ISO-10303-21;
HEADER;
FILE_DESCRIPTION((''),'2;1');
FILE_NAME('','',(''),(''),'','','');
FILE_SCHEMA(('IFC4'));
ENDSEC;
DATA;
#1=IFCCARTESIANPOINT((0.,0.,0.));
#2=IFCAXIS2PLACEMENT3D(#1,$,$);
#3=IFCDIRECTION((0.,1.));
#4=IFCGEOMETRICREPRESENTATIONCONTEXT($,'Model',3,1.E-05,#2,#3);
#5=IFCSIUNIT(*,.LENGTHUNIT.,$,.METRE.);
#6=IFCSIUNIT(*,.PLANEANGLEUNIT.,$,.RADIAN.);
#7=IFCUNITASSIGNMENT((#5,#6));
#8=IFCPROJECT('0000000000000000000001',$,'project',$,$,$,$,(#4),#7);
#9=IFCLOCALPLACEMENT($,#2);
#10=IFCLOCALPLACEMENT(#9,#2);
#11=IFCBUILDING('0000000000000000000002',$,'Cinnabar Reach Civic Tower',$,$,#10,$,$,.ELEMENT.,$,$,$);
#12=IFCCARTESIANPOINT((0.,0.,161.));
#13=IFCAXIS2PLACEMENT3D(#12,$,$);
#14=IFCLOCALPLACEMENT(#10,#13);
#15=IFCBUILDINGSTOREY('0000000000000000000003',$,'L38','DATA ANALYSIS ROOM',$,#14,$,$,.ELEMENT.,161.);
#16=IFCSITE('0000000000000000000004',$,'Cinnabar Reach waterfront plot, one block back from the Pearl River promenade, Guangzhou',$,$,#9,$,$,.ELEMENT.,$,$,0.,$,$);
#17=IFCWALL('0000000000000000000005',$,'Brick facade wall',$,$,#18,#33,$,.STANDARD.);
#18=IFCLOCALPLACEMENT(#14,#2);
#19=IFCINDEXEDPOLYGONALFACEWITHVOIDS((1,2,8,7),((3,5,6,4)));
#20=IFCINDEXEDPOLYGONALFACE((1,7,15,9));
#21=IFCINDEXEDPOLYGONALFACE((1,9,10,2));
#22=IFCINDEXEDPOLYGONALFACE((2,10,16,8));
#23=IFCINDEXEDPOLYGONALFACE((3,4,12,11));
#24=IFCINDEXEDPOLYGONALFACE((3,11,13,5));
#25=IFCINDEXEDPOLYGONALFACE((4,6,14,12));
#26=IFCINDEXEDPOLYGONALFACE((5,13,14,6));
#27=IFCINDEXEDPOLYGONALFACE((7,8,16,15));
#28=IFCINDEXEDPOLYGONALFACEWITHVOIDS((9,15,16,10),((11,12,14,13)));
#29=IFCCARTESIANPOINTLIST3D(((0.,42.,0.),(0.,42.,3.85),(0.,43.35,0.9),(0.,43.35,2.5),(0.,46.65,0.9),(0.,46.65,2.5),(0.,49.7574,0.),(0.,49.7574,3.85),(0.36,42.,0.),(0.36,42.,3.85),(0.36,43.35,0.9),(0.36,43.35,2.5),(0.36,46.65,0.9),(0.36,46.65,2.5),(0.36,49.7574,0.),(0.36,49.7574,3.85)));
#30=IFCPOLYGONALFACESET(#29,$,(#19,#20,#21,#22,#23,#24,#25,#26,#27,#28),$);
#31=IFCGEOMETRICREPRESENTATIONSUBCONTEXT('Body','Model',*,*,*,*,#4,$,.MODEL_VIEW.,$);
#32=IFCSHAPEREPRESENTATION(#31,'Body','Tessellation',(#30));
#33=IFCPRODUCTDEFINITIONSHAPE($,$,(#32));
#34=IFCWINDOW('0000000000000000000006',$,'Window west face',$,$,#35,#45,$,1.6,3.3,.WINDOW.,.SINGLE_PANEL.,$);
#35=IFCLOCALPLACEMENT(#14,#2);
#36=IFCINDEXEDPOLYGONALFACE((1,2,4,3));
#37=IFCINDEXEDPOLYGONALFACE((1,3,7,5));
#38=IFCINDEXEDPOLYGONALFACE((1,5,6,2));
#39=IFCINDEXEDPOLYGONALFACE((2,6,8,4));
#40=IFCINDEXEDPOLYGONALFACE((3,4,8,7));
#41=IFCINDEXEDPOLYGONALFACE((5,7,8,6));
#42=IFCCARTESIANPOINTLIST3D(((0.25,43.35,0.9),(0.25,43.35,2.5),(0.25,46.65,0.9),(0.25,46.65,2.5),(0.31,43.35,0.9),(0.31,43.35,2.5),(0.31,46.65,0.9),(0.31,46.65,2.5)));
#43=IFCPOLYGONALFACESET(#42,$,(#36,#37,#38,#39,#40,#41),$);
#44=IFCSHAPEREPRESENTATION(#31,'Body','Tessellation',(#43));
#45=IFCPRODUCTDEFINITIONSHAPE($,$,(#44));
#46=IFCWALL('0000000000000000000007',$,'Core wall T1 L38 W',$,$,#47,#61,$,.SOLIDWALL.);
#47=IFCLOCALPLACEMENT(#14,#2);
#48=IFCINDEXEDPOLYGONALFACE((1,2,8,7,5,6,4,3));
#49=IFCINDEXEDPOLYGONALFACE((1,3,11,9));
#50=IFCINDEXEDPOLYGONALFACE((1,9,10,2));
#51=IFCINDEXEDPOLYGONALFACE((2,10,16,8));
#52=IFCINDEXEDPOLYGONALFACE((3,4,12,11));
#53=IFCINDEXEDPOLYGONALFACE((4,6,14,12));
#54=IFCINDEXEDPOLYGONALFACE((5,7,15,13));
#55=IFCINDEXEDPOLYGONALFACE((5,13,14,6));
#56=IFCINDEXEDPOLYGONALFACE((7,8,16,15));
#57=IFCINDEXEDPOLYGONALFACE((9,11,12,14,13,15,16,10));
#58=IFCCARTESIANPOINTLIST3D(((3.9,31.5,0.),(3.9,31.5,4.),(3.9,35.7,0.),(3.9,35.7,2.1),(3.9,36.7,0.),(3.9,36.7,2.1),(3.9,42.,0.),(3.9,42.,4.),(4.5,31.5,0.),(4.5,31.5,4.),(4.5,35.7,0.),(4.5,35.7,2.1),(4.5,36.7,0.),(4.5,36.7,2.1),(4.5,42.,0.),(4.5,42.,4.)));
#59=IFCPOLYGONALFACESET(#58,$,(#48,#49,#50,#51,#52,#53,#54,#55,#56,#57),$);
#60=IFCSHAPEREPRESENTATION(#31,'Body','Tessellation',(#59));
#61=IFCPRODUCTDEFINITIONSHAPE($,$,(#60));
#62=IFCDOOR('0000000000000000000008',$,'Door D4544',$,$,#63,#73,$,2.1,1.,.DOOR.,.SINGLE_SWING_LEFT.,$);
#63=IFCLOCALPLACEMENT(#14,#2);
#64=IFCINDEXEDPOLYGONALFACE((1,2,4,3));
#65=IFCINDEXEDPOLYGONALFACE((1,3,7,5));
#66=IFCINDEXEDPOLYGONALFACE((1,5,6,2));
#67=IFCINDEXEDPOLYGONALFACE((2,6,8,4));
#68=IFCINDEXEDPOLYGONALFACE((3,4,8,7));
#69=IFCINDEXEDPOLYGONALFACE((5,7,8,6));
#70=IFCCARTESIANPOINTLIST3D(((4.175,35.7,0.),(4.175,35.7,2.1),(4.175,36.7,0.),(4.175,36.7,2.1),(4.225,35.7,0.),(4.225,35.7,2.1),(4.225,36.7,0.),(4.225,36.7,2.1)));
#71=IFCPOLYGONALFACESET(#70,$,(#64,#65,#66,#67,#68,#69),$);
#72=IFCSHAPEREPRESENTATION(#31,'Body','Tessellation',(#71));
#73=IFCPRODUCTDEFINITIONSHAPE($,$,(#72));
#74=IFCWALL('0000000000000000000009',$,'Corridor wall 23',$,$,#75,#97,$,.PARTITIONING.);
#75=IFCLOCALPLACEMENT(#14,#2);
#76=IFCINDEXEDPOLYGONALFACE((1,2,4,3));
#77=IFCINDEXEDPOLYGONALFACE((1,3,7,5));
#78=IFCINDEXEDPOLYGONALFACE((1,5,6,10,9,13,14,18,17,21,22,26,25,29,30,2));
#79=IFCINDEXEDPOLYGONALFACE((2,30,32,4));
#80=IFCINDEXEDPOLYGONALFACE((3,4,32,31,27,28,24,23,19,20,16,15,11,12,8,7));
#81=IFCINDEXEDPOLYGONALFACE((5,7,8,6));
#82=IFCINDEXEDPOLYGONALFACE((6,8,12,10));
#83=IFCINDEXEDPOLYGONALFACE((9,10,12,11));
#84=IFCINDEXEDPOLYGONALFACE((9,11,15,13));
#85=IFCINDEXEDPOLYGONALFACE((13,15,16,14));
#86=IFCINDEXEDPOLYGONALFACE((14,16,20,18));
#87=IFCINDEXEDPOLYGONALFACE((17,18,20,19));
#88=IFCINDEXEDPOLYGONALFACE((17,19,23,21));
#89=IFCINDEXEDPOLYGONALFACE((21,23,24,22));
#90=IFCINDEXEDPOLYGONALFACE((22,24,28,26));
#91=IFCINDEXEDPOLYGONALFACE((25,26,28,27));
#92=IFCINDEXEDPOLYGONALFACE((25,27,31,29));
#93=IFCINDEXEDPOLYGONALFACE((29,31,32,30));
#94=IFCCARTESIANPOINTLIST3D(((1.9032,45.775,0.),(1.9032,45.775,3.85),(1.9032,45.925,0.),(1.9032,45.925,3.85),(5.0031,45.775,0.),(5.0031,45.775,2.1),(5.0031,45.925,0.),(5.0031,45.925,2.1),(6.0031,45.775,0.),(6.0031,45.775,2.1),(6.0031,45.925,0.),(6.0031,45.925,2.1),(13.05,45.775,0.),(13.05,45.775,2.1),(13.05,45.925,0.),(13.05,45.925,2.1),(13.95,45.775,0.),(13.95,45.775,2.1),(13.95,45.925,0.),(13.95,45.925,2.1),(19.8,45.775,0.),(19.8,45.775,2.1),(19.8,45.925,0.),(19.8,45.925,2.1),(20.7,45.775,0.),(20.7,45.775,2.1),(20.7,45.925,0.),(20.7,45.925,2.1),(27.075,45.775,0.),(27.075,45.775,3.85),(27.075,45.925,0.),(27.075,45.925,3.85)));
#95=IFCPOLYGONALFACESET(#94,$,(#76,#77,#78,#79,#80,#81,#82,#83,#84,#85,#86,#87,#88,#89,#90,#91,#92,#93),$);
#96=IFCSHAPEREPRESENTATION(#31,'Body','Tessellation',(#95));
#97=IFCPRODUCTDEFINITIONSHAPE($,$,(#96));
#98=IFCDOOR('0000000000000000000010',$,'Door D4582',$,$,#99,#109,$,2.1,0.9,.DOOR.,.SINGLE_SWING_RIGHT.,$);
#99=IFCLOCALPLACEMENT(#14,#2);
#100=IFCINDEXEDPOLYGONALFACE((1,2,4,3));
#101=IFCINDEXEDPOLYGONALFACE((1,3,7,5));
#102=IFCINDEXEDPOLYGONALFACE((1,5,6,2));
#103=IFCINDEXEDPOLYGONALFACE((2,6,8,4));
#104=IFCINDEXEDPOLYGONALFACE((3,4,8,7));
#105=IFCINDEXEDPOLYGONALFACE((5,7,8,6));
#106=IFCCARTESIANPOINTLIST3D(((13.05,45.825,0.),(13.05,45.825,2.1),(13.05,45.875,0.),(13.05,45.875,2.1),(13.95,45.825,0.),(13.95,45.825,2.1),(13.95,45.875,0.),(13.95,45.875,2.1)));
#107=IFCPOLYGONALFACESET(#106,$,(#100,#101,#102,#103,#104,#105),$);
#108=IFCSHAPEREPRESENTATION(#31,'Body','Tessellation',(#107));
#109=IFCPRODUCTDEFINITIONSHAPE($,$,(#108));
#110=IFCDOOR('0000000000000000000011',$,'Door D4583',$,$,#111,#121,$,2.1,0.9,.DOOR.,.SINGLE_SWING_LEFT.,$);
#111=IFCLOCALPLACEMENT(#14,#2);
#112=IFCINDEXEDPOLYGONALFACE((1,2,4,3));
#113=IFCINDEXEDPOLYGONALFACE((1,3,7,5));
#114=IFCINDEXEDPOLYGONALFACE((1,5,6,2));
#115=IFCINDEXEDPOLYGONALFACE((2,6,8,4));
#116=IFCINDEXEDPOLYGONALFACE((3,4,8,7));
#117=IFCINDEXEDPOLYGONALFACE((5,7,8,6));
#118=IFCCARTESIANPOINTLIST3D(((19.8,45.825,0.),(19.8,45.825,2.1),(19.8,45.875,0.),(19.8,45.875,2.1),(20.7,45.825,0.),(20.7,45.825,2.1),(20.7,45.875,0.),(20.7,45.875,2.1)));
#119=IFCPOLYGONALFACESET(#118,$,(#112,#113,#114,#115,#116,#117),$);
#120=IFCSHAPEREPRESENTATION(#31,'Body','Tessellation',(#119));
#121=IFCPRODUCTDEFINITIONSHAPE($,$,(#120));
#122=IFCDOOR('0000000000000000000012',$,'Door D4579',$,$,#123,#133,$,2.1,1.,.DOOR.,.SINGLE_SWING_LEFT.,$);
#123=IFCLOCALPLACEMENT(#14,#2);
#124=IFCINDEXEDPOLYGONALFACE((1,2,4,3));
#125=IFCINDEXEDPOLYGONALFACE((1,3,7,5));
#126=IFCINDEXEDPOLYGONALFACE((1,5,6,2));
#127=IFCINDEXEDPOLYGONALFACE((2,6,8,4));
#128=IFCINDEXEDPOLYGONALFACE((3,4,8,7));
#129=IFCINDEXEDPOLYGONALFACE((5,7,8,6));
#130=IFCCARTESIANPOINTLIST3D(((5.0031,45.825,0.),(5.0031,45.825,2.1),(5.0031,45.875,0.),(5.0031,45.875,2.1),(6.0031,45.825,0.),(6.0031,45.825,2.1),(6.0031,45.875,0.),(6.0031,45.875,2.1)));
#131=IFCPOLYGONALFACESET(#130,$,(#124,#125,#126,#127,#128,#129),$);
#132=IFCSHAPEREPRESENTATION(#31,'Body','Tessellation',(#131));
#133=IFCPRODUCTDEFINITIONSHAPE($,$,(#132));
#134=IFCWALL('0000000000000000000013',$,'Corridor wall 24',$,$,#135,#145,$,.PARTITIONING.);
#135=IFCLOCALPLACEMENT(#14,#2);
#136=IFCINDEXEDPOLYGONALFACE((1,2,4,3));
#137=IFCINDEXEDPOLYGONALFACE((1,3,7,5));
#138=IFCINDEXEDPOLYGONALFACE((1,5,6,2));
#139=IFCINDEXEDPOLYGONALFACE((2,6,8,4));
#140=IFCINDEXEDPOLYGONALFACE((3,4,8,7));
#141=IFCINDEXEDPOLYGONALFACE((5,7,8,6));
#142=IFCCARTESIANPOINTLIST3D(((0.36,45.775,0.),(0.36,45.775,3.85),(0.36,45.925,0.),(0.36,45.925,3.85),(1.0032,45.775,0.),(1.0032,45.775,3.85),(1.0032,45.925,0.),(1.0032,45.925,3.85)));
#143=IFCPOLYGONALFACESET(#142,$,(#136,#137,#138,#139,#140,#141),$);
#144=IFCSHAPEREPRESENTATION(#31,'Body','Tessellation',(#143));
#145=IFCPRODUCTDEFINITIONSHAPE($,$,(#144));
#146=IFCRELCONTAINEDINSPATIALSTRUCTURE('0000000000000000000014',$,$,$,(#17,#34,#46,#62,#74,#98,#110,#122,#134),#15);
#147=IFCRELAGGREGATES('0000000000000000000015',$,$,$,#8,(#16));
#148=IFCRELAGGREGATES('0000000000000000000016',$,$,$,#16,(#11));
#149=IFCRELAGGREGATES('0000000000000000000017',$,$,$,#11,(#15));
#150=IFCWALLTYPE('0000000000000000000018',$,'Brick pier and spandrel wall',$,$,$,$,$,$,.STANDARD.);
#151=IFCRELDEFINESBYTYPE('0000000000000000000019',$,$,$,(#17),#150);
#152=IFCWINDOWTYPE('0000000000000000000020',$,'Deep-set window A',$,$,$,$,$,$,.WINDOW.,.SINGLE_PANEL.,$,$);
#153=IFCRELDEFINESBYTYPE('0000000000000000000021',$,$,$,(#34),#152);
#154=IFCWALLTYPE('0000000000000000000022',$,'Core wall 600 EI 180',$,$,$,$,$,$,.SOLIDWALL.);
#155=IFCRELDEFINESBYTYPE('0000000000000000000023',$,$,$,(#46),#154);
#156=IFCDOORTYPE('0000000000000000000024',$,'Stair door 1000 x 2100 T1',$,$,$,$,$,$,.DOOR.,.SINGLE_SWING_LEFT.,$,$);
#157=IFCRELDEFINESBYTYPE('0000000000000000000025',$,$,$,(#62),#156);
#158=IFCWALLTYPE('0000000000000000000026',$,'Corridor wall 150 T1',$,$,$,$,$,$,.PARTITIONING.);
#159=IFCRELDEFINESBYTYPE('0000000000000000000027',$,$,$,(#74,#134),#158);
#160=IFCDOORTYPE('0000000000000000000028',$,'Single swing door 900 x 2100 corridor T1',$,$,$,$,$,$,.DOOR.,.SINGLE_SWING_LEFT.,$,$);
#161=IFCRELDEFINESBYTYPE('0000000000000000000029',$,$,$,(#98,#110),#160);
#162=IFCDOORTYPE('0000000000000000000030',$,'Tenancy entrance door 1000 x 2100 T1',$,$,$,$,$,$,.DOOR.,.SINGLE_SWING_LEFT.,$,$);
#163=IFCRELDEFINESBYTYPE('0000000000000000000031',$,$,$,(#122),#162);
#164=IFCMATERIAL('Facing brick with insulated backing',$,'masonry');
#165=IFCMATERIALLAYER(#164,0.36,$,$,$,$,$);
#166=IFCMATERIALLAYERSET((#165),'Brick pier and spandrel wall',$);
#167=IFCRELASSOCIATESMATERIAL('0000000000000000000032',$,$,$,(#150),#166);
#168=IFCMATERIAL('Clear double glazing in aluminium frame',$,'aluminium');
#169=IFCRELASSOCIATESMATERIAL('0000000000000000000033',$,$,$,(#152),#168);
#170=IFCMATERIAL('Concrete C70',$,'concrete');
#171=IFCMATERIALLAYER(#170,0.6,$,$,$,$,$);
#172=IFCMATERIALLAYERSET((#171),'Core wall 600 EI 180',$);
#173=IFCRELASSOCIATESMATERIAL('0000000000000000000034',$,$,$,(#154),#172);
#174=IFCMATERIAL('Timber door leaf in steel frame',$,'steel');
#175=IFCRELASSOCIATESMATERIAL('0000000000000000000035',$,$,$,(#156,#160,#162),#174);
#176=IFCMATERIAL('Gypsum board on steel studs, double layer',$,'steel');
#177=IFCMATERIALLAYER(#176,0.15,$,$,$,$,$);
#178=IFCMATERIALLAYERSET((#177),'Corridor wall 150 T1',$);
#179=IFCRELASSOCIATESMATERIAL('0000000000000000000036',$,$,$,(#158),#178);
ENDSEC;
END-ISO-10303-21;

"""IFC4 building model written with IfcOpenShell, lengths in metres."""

from ifc_helpers import new_model, si_unit, direction, frame, frame_2d, origin, place, context, subcontext, project, spatial, rectangle, extrude, material, layer, layer_set, type_object, element, fill, save


model = new_model("IFC4")

# Units and contexts
model_context = context("Model", 3, precision=1e-05, world=origin(), true_north=direction((0.0, 1.0)))
body_context = subcontext(model_context, "Body", "Model", "MODEL_VIEW")
ifc_project = project(units=[si_unit("LENGTHUNIT", "METRE"), si_unit("PLANEANGLEUNIT", "RADIAN")], contexts=[model_context])

# Site, building, storey
site_placement = place(None, origin())
site = spatial("IfcSite", under=ifc_project, at=site_placement, Name="Cinnabar Reach waterfront plot, one block back from the Pearl River promenade, Guangzhou", CompositionType="ELEMENT", RefElevation=0.0)
building_placement = place(site_placement, origin())
building = spatial("IfcBuilding", under=site, at=building_placement, Name="Cinnabar Reach Civic Tower", CompositionType="ELEMENT")
storey_placement = place(building_placement, frame((0.0, 0.0, 161.0)))
storey = spatial("IfcBuildingStorey", under=building, at=storey_placement, Name="L38", Description="DATA ANALYSIS ROOM", CompositionType="ELEMENT", Elevation=161.0)

# Shared definitions
ifc_material_1 = material(Name="Concrete C70", Category="concrete")

# Wall, opening, window
ifc_material_2 = material(Name="Facing brick with insulated backing", Category="masonry")
ifc_layer_1 = layer(ifc_material_2, 0.36)
ifc_layer_set_1 = layer_set([ifc_layer_1], Name="Brick pier and spandrel wall")
wall_type_1 = type_object("IfcWallType", Name="Brick pier and spandrel wall", PredefinedType="STANDARD", material=ifc_layer_set_1)
wall_1_placement = place(storey_placement, frame((0.18, 49.7574, 0.0), z_axis=(0.0, 0.0, 1.0), x_axis=(0.0, -1.0, 0.0)))
wall_1 = element("IfcWall", 1, at=wall_1_placement, inside=storey, type_object=wall_type_1, Name="Brick facade wall", PredefinedType="STANDARD", context=body_context, shape_type="SweptSolid", body=[
    extrude(rectangle(XDim=7.7574, YDim=0.36, at=frame_2d((3.8787, 0.0))), origin(), (0.0, 0.0, 1.0), 3.85),
])
opening_1_placement = place(wall_1_placement, frame((3.1074, 0.0, 0.9)))
opening_1 = element("IfcOpeningElement", 2, at=opening_1_placement, cuts=wall_1, PredefinedType="OPENING", context=body_context, shape_type="SweptSolid", body=[
    extrude(rectangle(XDim=3.3, YDim=1.6, at=frame_2d((1.65, 0.8))), frame((0.0, 0.19, 0.0), z_axis=(0.0, -1.0, 0.0), x_axis=(1.0, 0.0, 0.0)), (0.0, 0.0, 1.0), 0.38),
])
ifc_material_3 = material(Name="Clear double glazing in aluminium frame", Category="aluminium")
window_type = type_object("IfcWindowType", Name="Deep-set window A", PartitioningType="SINGLE_PANEL", PredefinedType="WINDOW", material=ifc_material_3)
window_placement = place(opening_1_placement, origin())
window = element("IfcWindow", 3, at=window_placement, inside=storey, type_object=window_type, Name="Window west face", OverallHeight=1.6, OverallWidth=3.3, PartitioningType="SINGLE_PANEL", PredefinedType="WINDOW", context=body_context, shape_type="SweptSolid", body=[
    extrude(rectangle(XDim=3.3, YDim=1.6, at=frame_2d((1.65, 0.8))), frame((0.0, 0.13, 0.0), z_axis=(0.0, -1.0, 0.0), x_axis=(1.0, 0.0, 0.0)), (0.0, 0.0, 1.0), 0.06),
])
fill(opening_1, window)

# Wall, opening, door
ifc_layer_2 = layer(ifc_material_1, 0.6)
ifc_layer_set_2 = layer_set([ifc_layer_2], Name="Core wall 600 EI 180")
wall_type_2 = type_object("IfcWallType", Name="Core wall 600 EI 180", PredefinedType="SOLIDWALL", material=ifc_layer_set_2)
wall_2_placement = place(storey_placement, frame((4.2, 42.0, 0.0), z_axis=(0.0, 0.0, 1.0), x_axis=(0.0, -1.0, 0.0)))
wall_2 = element("IfcWall", 4, at=wall_2_placement, inside=storey, type_object=wall_type_2, Name="Core wall T1 L38 W", PredefinedType="SOLIDWALL", context=body_context, shape_type="SweptSolid", body=[
    extrude(rectangle(XDim=10.5, YDim=0.6, at=frame_2d((5.25, 0.0))), origin(), (0.0, 0.0, 1.0), 4.0),
])
opening_2_placement = place(wall_2_placement, frame((5.3, 0.0, 0.0)))
opening_2 = element("IfcOpeningElement", 5, at=opening_2_placement, cuts=wall_2, PredefinedType="OPENING", context=body_context, shape_type="SweptSolid", body=[
    extrude(rectangle(XDim=1.0, YDim=2.1, at=frame_2d((0.5, 1.05))), frame((0.0, 0.31, 0.0), z_axis=(0.0, -1.0, 0.0), x_axis=(1.0, 0.0, 0.0)), (0.0, 0.0, 1.0), 0.62),
])
ifc_material_4 = material(Name="Timber door leaf in steel frame", Category="steel")
door_type_1 = type_object("IfcDoorType", Name="Stair door 1000 x 2100 T1", OperationType="SINGLE_SWING_LEFT", PredefinedType="DOOR", material=ifc_material_4)
door_1_placement = place(opening_2_placement, frame((1.0, 0.0, 0.0), z_axis=(0.0, 0.0, 1.0), x_axis=(-1.0, 0.0, 0.0)))
door_1 = element("IfcDoor", 6, at=door_1_placement, inside=storey, type_object=door_type_1, Name="Door D4544", OperationType="SINGLE_SWING_LEFT", OverallHeight=2.1, OverallWidth=1.0, PredefinedType="DOOR", context=body_context, shape_type="SweptSolid", body=[
    extrude(rectangle(XDim=1.0, YDim=2.1, at=frame_2d((0.5, 1.05))), frame((0.0, 0.025, 0.0), z_axis=(0.0, -1.0, 0.0), x_axis=(1.0, 0.0, 0.0)), (0.0, 0.0, 1.0), 0.05),
])
fill(opening_2, door_1)

# Wall, openings, doors
ifc_material_5 = material(Name="Gypsum board on steel studs, double layer", Category="steel")
ifc_layer_3 = layer(ifc_material_5, 0.15)
ifc_layer_set_3 = layer_set([ifc_layer_3], Name="Corridor wall 150 T1")
wall_type_3 = type_object("IfcWallType", Name="Corridor wall 150 T1", PredefinedType="PARTITIONING", material=ifc_layer_set_3)
wall_3_placement = place(storey_placement, frame((1.9031, 45.85, 0.0), z_axis=(0.0, 0.0, 1.0), x_axis=(1.0, 0.0, 0.0)))
wall_3 = element("IfcWall", 7, at=wall_3_placement, inside=storey, type_object=wall_type_3, Name="Corridor wall 23", PredefinedType="PARTITIONING", context=body_context, shape_type="SweptSolid", body=[
    extrude(rectangle(XDim=25.1719, YDim=0.15, at=frame_2d((12.586, 0.0))), origin(), (0.0, 0.0, 1.0), 3.85),
])
opening_3_placement = place(wall_3_placement, frame((3.1, 0.0, 0.0)))
opening_3 = element("IfcOpeningElement", 8, at=opening_3_placement, cuts=wall_3, PredefinedType="OPENING", context=body_context, shape_type="SweptSolid", body=[
    extrude(rectangle(XDim=1.0, YDim=2.1, at=frame_2d((0.5, 1.05))), frame((0.0, 0.085, 0.0), z_axis=(0.0, -1.0, 0.0), x_axis=(1.0, 0.0, 0.0)), (0.0, 0.0, 1.0), 0.17),
])
opening_4_placement = place(wall_3_placement, frame((11.1469, 0.0, 0.0)))
opening_4 = element("IfcOpeningElement", 9, at=opening_4_placement, cuts=wall_3, PredefinedType="OPENING", context=body_context, shape_type="SweptSolid", body=[
    extrude(rectangle(XDim=0.9, YDim=2.1, at=frame_2d((0.45, 1.05))), frame((0.0, 0.085, 0.0), z_axis=(0.0, -1.0, 0.0), x_axis=(1.0, 0.0, 0.0)), (0.0, 0.0, 1.0), 0.17),
])
opening_5_placement = place(wall_3_placement, frame((17.8969, 0.0, 0.0)))
opening_5 = element("IfcOpeningElement", 10, at=opening_5_placement, cuts=wall_3, PredefinedType="OPENING", context=body_context, shape_type="SweptSolid", body=[
    extrude(rectangle(XDim=0.9, YDim=2.1, at=frame_2d((0.45, 1.05))), frame((0.0, 0.085, 0.0), z_axis=(0.0, -1.0, 0.0), x_axis=(1.0, 0.0, 0.0)), (0.0, 0.0, 1.0), 0.17),
])
door_type_2 = type_object("IfcDoorType", Name="Single swing door 900 x 2100 corridor T1", OperationType="SINGLE_SWING_LEFT", PredefinedType="DOOR", material=ifc_material_4)
door_2_placement = place(opening_4_placement, origin())
door_2 = element("IfcDoor", 11, at=door_2_placement, inside=storey, type_object=door_type_2, Name="Door D4582", OperationType="SINGLE_SWING_RIGHT", OverallHeight=2.1, OverallWidth=0.9, PredefinedType="DOOR", context=body_context, shape_type="SweptSolid", body=[
    extrude(rectangle(XDim=0.9, YDim=2.1, at=frame_2d((0.45, 1.05))), frame((0.0, 0.025, 0.0), z_axis=(0.0, -1.0, 0.0), x_axis=(1.0, 0.0, 0.0)), (0.0, 0.0, 1.0), 0.05),
])
fill(opening_4, door_2)
door_3_placement = place(opening_5_placement, origin())
door_3 = element("IfcDoor", 12, at=door_3_placement, inside=storey, type_object=door_type_2, Name="Door D4583", OperationType="SINGLE_SWING_LEFT", OverallHeight=2.1, OverallWidth=0.9, PredefinedType="DOOR", context=body_context, shape_type="SweptSolid", body=[
    extrude(rectangle(XDim=0.9, YDim=2.1, at=frame_2d((0.45, 1.05))), frame((0.0, 0.025, 0.0), z_axis=(0.0, -1.0, 0.0), x_axis=(1.0, 0.0, 0.0)), (0.0, 0.0, 1.0), 0.05),
])
fill(opening_5, door_3)
door_type_3 = type_object("IfcDoorType", Name="Tenancy entrance door 1000 x 2100 T1", OperationType="SINGLE_SWING_LEFT", PredefinedType="DOOR", material=ifc_material_4)
door_4_placement = place(opening_3_placement, origin())
door_4 = element("IfcDoor", 13, at=door_4_placement, inside=storey, type_object=door_type_3, Name="Door D4579", OperationType="SINGLE_SWING_LEFT", OverallHeight=2.1, OverallWidth=1.0, PredefinedType="DOOR", context=body_context, shape_type="SweptSolid", body=[
    extrude(rectangle(XDim=1.0, YDim=2.1, at=frame_2d((0.5, 1.05))), frame((0.0, 0.025, 0.0), z_axis=(0.0, -1.0, 0.0), x_axis=(1.0, 0.0, 0.0)), (0.0, 0.0, 1.0), 0.05),
])
fill(opening_3, door_4)

# Wall
wall_4_placement = place(storey_placement, frame((0.36, 45.85, 0.0), z_axis=(0.0, 0.0, 1.0), x_axis=(1.0, 0.0, 0.0)))
element("IfcWall", 14, at=wall_4_placement, inside=storey, type_object=wall_type_3, Name="Corridor wall 24", PredefinedType="PARTITIONING", context=body_context, shape_type="SweptSolid", body=[
    extrude(rectangle(XDim=0.6431, YDim=0.15, at=frame_2d((0.3216, 0.0))), origin(), (0.0, 0.0, 1.0), 3.85),
])

save(model, "model.ifc")
